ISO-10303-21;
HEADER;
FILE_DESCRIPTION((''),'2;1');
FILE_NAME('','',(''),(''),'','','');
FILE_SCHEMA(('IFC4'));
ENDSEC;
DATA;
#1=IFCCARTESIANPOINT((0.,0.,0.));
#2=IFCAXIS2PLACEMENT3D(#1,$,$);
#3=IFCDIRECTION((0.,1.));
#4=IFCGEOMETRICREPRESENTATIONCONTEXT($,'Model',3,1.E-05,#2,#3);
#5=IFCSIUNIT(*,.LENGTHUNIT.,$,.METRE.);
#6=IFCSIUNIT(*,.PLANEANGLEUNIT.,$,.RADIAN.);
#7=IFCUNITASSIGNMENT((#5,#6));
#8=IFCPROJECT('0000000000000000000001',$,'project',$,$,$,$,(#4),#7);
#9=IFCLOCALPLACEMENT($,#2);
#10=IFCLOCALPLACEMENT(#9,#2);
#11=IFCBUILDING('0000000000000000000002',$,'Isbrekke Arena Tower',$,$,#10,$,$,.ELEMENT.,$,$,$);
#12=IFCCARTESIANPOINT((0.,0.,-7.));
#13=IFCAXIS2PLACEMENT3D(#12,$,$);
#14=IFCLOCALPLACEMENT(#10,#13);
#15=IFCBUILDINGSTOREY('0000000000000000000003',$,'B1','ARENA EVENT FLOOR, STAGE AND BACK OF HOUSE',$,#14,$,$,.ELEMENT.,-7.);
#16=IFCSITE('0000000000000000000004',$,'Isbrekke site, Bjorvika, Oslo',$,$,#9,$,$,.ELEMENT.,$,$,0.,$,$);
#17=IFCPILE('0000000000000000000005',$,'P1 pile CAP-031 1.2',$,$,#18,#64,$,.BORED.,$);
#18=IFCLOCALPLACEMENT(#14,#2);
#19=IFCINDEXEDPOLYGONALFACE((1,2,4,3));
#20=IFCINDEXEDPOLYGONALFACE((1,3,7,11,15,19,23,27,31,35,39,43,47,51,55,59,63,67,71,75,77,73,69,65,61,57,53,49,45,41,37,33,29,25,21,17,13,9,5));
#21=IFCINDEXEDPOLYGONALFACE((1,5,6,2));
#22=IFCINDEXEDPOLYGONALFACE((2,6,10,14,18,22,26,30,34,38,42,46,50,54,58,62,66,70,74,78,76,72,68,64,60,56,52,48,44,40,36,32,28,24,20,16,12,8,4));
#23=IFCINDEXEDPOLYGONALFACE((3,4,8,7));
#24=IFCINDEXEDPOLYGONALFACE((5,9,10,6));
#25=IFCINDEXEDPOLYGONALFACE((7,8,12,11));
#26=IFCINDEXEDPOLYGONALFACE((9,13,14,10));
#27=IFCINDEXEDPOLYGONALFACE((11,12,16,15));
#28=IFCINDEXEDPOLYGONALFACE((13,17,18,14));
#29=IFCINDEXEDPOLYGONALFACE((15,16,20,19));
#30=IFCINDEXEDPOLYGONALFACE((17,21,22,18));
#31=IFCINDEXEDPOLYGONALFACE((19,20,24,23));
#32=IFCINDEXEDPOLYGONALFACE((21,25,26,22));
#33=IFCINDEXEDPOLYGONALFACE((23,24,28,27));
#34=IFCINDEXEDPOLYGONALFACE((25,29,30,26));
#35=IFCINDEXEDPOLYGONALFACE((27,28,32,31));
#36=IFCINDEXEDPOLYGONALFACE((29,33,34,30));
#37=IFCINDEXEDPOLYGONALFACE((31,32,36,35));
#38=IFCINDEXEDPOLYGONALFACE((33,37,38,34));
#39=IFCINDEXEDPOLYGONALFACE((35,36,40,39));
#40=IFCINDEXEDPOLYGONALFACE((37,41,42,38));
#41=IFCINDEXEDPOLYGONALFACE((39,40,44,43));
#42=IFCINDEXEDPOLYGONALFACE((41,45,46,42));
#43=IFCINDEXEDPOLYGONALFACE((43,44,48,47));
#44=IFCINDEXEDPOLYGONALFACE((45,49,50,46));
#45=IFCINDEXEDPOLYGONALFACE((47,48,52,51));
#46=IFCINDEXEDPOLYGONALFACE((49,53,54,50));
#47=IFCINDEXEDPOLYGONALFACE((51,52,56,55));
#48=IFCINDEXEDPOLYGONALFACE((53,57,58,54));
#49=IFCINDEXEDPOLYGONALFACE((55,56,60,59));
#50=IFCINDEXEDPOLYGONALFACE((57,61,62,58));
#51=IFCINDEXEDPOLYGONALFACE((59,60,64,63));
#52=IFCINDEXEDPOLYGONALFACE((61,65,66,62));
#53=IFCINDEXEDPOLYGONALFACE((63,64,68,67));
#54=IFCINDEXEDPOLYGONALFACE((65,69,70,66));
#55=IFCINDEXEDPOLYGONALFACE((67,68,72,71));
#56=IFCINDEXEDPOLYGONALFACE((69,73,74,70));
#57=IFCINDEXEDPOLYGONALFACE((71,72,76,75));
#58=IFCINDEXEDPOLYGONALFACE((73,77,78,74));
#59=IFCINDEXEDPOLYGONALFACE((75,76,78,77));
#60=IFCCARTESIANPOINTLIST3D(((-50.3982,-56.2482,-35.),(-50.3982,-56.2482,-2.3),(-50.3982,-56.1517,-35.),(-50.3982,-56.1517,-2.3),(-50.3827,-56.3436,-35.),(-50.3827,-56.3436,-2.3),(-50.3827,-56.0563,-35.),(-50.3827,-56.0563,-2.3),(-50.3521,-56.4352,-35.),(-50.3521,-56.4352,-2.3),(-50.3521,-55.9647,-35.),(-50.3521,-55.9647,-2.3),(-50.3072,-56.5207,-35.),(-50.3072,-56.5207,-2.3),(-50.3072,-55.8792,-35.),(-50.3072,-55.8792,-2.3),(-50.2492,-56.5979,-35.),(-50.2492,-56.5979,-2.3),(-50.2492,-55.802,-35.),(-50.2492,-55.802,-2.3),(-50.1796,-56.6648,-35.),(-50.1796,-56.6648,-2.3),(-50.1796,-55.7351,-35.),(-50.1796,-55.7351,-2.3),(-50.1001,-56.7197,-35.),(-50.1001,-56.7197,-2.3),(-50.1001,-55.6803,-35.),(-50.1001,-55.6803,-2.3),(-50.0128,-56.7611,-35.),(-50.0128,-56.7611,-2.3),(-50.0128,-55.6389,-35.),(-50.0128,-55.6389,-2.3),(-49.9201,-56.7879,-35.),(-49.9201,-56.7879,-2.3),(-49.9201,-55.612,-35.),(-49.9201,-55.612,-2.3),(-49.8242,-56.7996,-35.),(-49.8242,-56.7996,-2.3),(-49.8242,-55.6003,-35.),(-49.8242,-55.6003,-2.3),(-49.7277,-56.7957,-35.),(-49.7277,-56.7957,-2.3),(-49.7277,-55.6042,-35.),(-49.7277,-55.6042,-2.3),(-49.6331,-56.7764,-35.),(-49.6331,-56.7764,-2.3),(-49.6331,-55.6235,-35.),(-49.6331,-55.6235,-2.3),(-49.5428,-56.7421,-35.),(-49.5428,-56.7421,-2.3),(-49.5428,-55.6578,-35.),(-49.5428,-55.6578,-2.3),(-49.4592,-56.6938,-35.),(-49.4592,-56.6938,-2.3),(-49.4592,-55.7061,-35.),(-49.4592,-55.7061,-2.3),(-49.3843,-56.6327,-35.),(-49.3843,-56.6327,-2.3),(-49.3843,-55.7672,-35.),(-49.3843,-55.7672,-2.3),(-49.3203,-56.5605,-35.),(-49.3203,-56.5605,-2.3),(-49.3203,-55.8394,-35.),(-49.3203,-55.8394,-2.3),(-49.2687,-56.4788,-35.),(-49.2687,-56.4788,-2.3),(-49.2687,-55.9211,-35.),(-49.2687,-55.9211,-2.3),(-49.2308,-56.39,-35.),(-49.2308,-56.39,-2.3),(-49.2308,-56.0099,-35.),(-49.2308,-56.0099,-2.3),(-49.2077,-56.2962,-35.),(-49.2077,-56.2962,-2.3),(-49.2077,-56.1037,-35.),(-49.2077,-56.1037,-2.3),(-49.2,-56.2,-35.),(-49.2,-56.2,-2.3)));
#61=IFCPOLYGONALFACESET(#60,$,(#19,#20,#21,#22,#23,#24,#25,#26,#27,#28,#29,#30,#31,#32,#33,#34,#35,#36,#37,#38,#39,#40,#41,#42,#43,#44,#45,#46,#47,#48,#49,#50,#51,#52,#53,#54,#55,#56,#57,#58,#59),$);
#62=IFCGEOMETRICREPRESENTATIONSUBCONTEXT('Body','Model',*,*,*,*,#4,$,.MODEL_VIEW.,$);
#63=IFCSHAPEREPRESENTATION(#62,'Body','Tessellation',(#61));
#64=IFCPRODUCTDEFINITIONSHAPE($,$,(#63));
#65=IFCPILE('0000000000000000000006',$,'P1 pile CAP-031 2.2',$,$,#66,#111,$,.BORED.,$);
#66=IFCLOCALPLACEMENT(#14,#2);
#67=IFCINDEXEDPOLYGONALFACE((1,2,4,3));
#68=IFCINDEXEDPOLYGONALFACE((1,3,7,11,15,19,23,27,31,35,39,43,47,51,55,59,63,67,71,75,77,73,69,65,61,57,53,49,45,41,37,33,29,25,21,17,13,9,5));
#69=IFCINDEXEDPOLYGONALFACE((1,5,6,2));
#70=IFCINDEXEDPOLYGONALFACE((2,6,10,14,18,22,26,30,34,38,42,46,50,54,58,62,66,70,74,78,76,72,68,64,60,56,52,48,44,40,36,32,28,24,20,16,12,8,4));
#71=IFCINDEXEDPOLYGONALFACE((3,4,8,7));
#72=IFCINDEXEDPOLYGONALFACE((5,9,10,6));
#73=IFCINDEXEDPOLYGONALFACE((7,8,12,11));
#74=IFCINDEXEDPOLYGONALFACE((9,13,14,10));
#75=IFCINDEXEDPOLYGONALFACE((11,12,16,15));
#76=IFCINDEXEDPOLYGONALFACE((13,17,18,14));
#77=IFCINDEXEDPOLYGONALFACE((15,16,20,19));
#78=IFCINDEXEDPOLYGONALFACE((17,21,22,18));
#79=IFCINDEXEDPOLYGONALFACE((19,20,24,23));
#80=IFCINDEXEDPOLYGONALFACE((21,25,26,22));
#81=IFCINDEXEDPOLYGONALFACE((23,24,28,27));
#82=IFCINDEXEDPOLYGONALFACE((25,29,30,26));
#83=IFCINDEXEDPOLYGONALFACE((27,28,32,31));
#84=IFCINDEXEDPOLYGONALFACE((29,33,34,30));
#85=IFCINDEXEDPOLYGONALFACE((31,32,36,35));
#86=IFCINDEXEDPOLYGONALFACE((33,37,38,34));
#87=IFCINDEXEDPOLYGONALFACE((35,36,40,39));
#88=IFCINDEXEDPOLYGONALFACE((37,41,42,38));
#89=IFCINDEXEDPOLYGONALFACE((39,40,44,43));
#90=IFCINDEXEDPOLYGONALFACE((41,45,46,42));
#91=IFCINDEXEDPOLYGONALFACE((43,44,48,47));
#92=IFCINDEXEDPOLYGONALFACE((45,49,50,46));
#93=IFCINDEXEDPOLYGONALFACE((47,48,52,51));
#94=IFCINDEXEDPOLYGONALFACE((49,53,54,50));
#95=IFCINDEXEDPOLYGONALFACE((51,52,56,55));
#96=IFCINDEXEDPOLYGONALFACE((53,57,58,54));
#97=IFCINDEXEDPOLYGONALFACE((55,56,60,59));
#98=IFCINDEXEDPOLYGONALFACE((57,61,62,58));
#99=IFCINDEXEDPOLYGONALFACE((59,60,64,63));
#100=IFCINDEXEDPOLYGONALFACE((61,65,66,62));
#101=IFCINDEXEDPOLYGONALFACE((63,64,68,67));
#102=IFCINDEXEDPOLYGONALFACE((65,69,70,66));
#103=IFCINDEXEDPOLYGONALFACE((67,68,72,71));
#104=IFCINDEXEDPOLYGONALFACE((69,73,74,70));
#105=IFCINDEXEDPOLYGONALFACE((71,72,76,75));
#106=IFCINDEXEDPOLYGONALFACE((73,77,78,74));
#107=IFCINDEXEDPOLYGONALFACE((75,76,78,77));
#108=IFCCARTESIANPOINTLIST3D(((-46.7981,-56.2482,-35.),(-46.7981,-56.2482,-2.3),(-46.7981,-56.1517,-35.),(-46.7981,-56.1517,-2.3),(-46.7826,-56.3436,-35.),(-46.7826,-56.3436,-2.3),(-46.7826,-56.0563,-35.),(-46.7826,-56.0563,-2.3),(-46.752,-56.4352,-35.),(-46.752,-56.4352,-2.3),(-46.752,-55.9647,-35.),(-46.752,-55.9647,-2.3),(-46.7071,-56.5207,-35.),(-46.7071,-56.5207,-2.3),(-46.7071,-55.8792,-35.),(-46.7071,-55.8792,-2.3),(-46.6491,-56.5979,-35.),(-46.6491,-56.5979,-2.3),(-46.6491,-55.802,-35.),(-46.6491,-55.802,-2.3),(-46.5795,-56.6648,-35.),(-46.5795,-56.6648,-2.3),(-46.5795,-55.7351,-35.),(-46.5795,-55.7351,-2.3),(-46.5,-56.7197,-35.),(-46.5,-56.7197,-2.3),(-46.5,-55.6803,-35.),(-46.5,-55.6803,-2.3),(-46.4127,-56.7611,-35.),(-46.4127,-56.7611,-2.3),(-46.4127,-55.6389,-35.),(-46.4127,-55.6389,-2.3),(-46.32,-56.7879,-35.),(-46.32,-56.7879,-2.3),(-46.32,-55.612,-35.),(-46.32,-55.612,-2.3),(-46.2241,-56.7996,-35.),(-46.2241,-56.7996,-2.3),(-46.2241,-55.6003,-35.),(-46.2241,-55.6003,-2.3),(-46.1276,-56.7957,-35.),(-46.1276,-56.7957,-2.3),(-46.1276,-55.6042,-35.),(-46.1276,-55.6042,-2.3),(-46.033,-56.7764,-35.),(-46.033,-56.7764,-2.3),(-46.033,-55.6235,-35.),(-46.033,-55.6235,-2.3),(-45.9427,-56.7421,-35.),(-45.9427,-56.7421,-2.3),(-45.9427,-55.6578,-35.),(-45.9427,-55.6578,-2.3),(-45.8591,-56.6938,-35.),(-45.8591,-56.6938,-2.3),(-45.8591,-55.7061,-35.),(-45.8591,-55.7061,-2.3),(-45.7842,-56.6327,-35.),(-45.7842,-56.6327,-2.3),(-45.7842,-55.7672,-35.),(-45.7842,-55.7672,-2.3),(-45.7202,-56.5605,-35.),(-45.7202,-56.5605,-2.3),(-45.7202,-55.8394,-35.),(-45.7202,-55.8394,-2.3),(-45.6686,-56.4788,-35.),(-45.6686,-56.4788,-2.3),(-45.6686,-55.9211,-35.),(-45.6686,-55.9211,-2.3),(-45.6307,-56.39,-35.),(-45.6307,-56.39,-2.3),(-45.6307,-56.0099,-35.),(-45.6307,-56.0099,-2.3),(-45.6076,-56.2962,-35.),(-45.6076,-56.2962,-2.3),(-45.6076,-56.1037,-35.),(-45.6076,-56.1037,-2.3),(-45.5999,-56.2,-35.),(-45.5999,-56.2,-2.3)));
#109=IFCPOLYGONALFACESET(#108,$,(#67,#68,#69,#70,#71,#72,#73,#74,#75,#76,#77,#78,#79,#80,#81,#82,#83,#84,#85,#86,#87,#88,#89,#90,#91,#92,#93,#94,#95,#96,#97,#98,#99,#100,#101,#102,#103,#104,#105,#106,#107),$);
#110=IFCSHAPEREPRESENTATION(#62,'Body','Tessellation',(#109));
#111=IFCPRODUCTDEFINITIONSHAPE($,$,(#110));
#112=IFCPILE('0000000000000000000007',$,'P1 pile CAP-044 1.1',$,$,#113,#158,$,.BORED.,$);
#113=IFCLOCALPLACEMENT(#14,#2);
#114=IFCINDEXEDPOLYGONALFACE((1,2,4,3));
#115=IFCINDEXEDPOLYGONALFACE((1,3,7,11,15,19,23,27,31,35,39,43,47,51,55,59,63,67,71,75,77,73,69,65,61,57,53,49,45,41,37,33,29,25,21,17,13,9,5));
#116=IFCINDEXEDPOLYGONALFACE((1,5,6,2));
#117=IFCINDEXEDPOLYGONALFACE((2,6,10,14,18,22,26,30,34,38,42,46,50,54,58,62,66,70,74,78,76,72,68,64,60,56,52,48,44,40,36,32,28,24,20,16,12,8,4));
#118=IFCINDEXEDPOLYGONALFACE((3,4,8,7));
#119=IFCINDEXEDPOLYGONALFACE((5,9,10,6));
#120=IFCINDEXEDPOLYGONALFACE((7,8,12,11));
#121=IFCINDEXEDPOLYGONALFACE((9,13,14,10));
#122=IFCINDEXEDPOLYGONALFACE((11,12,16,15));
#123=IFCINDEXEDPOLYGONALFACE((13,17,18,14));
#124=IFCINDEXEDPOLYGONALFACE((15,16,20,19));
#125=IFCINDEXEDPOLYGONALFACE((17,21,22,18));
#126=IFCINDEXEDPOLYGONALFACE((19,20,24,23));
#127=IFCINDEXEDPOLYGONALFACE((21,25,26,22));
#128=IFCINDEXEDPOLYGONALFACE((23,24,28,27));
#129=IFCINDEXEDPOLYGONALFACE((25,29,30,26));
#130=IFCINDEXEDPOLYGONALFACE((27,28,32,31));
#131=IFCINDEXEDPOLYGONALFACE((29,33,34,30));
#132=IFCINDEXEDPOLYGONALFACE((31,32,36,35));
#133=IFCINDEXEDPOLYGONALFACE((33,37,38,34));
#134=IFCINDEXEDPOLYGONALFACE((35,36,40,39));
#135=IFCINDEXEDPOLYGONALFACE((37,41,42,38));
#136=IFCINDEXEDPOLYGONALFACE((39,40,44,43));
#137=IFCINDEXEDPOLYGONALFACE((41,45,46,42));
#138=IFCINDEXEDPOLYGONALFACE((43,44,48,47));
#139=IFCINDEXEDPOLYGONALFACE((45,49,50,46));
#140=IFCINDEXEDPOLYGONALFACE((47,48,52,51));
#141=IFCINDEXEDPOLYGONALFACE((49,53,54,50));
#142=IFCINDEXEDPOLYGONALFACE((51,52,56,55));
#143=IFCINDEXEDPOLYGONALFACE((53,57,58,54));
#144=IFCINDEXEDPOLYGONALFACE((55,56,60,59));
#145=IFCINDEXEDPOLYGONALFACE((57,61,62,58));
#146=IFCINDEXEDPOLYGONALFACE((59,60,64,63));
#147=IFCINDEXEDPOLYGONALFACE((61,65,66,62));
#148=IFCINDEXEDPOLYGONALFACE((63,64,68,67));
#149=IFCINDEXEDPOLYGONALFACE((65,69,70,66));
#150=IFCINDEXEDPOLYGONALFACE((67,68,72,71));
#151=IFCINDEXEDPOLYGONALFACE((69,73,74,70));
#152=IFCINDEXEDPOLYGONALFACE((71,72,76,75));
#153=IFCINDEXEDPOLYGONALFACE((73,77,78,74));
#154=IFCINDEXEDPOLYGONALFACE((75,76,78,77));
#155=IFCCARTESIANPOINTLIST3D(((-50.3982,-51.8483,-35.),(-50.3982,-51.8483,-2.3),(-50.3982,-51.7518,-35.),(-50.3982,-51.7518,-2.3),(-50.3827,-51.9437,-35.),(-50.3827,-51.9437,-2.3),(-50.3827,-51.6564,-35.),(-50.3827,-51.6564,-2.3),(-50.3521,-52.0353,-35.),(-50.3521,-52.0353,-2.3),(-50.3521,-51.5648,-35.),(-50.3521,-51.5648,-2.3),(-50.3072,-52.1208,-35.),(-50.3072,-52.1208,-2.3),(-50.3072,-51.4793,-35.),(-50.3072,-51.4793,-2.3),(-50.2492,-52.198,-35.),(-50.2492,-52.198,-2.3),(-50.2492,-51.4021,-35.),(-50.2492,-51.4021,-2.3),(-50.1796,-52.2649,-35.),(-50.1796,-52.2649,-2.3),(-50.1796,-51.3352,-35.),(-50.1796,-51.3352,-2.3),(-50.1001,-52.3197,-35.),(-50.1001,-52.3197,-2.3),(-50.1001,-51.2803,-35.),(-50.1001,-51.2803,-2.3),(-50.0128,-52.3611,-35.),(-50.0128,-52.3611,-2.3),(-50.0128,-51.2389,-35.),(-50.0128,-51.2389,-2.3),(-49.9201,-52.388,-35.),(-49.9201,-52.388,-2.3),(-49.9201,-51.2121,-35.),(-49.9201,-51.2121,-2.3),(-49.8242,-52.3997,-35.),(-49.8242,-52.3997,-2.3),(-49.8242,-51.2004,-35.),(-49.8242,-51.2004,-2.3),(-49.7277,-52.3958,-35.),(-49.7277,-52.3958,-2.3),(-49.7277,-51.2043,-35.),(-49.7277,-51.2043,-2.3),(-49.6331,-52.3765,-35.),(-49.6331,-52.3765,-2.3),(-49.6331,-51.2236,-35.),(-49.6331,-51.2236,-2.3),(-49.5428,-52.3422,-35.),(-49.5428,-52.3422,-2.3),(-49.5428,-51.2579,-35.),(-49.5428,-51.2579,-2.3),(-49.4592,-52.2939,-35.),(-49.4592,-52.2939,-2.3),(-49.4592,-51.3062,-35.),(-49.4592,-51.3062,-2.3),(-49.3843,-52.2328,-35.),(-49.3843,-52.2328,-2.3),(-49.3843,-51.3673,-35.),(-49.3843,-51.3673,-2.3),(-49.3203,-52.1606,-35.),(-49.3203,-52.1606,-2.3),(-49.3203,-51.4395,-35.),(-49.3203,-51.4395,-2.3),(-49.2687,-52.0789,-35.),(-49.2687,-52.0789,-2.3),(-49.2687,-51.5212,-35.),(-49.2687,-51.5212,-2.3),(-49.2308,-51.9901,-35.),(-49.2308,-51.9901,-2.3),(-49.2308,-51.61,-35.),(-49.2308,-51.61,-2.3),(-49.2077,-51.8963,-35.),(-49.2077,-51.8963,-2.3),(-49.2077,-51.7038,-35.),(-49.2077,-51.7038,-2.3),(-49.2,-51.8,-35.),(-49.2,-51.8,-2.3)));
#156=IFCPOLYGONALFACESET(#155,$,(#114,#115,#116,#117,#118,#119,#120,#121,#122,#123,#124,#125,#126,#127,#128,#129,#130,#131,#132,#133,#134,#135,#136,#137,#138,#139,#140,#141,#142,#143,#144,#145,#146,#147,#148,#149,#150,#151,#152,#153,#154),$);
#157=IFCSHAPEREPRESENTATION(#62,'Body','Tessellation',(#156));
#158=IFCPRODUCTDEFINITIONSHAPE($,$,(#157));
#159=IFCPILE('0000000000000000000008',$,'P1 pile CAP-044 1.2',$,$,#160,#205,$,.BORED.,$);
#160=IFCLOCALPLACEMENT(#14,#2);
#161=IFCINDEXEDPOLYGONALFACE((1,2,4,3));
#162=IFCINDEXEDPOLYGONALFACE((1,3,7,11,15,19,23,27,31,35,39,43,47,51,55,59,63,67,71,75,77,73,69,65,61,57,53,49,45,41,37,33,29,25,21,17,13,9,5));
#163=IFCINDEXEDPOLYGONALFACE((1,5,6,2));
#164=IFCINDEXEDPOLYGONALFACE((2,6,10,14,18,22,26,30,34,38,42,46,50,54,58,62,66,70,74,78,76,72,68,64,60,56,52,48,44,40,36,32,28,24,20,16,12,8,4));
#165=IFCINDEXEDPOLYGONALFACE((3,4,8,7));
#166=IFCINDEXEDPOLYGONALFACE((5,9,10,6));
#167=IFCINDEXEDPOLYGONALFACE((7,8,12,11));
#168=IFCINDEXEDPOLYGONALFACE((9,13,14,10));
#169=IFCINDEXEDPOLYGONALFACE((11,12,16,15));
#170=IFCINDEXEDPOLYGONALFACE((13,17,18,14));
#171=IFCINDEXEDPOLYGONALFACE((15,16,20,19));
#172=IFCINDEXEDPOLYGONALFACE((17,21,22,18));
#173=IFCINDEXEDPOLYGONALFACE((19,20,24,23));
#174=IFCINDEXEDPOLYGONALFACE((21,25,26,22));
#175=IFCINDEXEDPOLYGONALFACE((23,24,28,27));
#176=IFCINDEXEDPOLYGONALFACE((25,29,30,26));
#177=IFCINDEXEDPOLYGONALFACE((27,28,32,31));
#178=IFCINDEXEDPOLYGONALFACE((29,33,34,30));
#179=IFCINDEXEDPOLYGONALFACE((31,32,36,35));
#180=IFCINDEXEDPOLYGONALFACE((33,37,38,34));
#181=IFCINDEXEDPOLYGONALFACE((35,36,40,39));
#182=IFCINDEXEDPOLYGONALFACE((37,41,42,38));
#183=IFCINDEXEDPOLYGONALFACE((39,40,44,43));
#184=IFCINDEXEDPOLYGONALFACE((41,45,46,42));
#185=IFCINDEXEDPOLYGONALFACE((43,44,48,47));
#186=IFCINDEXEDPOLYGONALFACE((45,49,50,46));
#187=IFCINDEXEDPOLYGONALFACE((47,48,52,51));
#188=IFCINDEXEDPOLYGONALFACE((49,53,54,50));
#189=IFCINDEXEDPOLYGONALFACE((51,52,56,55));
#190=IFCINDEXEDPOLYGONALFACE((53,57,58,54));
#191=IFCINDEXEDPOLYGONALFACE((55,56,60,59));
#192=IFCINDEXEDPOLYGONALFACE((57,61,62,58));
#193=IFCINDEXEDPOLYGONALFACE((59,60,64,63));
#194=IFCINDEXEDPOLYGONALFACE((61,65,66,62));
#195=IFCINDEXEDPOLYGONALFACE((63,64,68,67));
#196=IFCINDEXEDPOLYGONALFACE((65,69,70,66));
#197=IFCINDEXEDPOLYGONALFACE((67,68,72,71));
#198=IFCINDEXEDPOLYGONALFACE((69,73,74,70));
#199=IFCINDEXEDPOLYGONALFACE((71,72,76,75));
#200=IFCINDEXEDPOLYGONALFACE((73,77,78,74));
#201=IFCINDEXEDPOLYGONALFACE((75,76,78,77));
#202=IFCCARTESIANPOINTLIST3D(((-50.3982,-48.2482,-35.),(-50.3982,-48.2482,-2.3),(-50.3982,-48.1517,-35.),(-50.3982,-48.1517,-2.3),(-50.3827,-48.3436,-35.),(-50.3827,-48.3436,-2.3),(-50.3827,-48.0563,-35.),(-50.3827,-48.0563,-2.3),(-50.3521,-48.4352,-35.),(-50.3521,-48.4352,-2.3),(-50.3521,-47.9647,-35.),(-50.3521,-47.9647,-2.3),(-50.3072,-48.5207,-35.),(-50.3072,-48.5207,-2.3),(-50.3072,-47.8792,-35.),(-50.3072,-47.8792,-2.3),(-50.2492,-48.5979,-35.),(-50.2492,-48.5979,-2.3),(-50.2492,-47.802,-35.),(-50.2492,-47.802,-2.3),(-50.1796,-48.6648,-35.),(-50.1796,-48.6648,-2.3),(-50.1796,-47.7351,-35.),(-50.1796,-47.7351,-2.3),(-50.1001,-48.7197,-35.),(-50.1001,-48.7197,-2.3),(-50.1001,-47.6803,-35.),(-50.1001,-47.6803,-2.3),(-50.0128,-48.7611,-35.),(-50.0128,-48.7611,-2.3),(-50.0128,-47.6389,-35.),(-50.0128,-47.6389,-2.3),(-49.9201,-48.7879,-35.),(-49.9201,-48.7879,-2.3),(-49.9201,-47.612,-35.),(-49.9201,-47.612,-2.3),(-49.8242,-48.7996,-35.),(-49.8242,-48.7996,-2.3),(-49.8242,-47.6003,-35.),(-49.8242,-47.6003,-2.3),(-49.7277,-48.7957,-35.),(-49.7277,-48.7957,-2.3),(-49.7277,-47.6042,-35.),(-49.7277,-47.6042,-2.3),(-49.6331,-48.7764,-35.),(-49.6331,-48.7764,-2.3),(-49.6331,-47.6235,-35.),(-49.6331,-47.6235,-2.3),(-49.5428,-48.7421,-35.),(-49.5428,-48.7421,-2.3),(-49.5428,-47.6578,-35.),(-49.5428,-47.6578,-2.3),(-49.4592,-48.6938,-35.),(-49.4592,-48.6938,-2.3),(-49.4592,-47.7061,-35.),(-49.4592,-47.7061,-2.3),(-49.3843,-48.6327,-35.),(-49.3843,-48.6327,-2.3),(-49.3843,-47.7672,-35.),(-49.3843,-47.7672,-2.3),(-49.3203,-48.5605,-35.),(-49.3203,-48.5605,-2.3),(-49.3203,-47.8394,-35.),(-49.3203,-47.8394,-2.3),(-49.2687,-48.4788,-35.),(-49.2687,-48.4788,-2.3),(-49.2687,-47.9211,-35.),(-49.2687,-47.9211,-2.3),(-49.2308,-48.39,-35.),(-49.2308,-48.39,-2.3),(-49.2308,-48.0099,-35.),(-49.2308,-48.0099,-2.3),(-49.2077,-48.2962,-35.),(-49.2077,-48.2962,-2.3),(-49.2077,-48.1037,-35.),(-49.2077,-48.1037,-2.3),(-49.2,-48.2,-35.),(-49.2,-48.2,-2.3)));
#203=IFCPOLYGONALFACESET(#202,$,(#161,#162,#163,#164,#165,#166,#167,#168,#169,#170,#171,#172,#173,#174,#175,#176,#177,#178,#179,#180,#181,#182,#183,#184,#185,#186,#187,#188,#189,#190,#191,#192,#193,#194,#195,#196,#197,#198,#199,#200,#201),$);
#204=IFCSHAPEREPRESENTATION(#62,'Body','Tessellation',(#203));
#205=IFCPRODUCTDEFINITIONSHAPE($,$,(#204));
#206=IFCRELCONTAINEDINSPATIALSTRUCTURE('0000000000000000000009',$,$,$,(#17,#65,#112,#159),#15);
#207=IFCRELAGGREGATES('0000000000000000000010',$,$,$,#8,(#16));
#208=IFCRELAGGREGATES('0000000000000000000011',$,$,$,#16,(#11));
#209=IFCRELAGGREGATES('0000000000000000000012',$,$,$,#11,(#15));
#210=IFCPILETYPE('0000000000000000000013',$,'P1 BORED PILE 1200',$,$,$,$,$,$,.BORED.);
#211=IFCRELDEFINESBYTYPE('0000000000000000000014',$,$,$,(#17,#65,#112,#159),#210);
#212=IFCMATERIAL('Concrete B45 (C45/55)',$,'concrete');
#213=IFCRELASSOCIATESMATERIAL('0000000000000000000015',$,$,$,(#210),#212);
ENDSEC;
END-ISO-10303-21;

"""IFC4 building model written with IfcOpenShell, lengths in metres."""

from ifc_helpers import new_model, si_unit, direction, frame, origin, origin_2d, place, context, subcontext, project, spatial, circle, extrude, material, material_profile, profile_set, type_object, element, save


model = new_model("IFC4")

# Units and contexts
model_context = context("Model", 3, precision=1e-05, world=origin(), true_north=direction((0.0, 1.0)))
body_context = subcontext(model_context, "Body", "Model", "MODEL_VIEW")
ifc_project = project(units=[si_unit("LENGTHUNIT", "METRE"), si_unit("PLANEANGLEUNIT", "RADIAN")], contexts=[model_context])

# Site, building, storey
site_placement = place(None, origin())
site = spatial("IfcSite", under=ifc_project, at=site_placement, Name="Isbrekke site, Bjorvika, Oslo", CompositionType="ELEMENT", RefElevation=0.0)
building_placement = place(site_placement, origin())
building = spatial("IfcBuilding", under=site, at=building_placement, Name="Isbrekke Arena Tower", CompositionType="ELEMENT")
storey_placement = place(building_placement, frame((0.0, 0.0, -7.0)))
storey = spatial("IfcBuildingStorey", under=building, at=storey_placement, Name="B1", Description="ARENA EVENT FLOOR, STAGE AND BACK OF HOUSE", CompositionType="ELEMENT", Elevation=-7.0)

# Piles
ifc_material_1 = material(Name="Concrete B45 (C45/55)", Category="concrete")
ifc_material_profile_1 = material_profile(ifc_material_1, circle(Radius=0.6001, at=origin_2d()), Name="BORED PILE D1200")
ifc_profile_set_1 = profile_set([ifc_material_profile_1], Name="Concrete B45 (C45/55)")
pile_type = type_object("IfcPileType", Name="P1 BORED PILE 1200", PredefinedType="BORED", material=ifc_profile_set_1)
for number, where, z_axis, x_axis, name in (
    (1, (-49.8, -56.2, -2.3), (0.0, 0.0, -1.0), (1.0, 0.0, 0.0), "P1 pile CAP-031 1.2"),
    (2, (-46.2, -56.2, -2.3), (0.0, 0.0, -1.0), (1.0, 0.0, 0.0), "P1 pile CAP-031 2.2"),
    (3, (-49.8, -51.8, -2.3), (0.0, 0.0, -1.0), (1.0, 0.0, 0.0), "P1 pile CAP-044 1.1"),
    (4, (-49.8, -48.2, -2.3), (0.0, 0.0, -1.0), (1.0, 0.0, 0.0), "P1 pile CAP-044 1.2"),
):
    element("IfcPile", number, at=place(storey_placement, frame(where, z_axis=z_axis, x_axis=x_axis)), inside=storey, type_object=pile_type, Name=name, PredefinedType="BORED", context=body_context, shape_type="SweptSolid", body=[
        extrude(circle(Radius=0.6001, at=origin_2d()), origin(), (0.0, 0.0, 1.0), 32.7),
    ])

save(model, "model.ifc")
